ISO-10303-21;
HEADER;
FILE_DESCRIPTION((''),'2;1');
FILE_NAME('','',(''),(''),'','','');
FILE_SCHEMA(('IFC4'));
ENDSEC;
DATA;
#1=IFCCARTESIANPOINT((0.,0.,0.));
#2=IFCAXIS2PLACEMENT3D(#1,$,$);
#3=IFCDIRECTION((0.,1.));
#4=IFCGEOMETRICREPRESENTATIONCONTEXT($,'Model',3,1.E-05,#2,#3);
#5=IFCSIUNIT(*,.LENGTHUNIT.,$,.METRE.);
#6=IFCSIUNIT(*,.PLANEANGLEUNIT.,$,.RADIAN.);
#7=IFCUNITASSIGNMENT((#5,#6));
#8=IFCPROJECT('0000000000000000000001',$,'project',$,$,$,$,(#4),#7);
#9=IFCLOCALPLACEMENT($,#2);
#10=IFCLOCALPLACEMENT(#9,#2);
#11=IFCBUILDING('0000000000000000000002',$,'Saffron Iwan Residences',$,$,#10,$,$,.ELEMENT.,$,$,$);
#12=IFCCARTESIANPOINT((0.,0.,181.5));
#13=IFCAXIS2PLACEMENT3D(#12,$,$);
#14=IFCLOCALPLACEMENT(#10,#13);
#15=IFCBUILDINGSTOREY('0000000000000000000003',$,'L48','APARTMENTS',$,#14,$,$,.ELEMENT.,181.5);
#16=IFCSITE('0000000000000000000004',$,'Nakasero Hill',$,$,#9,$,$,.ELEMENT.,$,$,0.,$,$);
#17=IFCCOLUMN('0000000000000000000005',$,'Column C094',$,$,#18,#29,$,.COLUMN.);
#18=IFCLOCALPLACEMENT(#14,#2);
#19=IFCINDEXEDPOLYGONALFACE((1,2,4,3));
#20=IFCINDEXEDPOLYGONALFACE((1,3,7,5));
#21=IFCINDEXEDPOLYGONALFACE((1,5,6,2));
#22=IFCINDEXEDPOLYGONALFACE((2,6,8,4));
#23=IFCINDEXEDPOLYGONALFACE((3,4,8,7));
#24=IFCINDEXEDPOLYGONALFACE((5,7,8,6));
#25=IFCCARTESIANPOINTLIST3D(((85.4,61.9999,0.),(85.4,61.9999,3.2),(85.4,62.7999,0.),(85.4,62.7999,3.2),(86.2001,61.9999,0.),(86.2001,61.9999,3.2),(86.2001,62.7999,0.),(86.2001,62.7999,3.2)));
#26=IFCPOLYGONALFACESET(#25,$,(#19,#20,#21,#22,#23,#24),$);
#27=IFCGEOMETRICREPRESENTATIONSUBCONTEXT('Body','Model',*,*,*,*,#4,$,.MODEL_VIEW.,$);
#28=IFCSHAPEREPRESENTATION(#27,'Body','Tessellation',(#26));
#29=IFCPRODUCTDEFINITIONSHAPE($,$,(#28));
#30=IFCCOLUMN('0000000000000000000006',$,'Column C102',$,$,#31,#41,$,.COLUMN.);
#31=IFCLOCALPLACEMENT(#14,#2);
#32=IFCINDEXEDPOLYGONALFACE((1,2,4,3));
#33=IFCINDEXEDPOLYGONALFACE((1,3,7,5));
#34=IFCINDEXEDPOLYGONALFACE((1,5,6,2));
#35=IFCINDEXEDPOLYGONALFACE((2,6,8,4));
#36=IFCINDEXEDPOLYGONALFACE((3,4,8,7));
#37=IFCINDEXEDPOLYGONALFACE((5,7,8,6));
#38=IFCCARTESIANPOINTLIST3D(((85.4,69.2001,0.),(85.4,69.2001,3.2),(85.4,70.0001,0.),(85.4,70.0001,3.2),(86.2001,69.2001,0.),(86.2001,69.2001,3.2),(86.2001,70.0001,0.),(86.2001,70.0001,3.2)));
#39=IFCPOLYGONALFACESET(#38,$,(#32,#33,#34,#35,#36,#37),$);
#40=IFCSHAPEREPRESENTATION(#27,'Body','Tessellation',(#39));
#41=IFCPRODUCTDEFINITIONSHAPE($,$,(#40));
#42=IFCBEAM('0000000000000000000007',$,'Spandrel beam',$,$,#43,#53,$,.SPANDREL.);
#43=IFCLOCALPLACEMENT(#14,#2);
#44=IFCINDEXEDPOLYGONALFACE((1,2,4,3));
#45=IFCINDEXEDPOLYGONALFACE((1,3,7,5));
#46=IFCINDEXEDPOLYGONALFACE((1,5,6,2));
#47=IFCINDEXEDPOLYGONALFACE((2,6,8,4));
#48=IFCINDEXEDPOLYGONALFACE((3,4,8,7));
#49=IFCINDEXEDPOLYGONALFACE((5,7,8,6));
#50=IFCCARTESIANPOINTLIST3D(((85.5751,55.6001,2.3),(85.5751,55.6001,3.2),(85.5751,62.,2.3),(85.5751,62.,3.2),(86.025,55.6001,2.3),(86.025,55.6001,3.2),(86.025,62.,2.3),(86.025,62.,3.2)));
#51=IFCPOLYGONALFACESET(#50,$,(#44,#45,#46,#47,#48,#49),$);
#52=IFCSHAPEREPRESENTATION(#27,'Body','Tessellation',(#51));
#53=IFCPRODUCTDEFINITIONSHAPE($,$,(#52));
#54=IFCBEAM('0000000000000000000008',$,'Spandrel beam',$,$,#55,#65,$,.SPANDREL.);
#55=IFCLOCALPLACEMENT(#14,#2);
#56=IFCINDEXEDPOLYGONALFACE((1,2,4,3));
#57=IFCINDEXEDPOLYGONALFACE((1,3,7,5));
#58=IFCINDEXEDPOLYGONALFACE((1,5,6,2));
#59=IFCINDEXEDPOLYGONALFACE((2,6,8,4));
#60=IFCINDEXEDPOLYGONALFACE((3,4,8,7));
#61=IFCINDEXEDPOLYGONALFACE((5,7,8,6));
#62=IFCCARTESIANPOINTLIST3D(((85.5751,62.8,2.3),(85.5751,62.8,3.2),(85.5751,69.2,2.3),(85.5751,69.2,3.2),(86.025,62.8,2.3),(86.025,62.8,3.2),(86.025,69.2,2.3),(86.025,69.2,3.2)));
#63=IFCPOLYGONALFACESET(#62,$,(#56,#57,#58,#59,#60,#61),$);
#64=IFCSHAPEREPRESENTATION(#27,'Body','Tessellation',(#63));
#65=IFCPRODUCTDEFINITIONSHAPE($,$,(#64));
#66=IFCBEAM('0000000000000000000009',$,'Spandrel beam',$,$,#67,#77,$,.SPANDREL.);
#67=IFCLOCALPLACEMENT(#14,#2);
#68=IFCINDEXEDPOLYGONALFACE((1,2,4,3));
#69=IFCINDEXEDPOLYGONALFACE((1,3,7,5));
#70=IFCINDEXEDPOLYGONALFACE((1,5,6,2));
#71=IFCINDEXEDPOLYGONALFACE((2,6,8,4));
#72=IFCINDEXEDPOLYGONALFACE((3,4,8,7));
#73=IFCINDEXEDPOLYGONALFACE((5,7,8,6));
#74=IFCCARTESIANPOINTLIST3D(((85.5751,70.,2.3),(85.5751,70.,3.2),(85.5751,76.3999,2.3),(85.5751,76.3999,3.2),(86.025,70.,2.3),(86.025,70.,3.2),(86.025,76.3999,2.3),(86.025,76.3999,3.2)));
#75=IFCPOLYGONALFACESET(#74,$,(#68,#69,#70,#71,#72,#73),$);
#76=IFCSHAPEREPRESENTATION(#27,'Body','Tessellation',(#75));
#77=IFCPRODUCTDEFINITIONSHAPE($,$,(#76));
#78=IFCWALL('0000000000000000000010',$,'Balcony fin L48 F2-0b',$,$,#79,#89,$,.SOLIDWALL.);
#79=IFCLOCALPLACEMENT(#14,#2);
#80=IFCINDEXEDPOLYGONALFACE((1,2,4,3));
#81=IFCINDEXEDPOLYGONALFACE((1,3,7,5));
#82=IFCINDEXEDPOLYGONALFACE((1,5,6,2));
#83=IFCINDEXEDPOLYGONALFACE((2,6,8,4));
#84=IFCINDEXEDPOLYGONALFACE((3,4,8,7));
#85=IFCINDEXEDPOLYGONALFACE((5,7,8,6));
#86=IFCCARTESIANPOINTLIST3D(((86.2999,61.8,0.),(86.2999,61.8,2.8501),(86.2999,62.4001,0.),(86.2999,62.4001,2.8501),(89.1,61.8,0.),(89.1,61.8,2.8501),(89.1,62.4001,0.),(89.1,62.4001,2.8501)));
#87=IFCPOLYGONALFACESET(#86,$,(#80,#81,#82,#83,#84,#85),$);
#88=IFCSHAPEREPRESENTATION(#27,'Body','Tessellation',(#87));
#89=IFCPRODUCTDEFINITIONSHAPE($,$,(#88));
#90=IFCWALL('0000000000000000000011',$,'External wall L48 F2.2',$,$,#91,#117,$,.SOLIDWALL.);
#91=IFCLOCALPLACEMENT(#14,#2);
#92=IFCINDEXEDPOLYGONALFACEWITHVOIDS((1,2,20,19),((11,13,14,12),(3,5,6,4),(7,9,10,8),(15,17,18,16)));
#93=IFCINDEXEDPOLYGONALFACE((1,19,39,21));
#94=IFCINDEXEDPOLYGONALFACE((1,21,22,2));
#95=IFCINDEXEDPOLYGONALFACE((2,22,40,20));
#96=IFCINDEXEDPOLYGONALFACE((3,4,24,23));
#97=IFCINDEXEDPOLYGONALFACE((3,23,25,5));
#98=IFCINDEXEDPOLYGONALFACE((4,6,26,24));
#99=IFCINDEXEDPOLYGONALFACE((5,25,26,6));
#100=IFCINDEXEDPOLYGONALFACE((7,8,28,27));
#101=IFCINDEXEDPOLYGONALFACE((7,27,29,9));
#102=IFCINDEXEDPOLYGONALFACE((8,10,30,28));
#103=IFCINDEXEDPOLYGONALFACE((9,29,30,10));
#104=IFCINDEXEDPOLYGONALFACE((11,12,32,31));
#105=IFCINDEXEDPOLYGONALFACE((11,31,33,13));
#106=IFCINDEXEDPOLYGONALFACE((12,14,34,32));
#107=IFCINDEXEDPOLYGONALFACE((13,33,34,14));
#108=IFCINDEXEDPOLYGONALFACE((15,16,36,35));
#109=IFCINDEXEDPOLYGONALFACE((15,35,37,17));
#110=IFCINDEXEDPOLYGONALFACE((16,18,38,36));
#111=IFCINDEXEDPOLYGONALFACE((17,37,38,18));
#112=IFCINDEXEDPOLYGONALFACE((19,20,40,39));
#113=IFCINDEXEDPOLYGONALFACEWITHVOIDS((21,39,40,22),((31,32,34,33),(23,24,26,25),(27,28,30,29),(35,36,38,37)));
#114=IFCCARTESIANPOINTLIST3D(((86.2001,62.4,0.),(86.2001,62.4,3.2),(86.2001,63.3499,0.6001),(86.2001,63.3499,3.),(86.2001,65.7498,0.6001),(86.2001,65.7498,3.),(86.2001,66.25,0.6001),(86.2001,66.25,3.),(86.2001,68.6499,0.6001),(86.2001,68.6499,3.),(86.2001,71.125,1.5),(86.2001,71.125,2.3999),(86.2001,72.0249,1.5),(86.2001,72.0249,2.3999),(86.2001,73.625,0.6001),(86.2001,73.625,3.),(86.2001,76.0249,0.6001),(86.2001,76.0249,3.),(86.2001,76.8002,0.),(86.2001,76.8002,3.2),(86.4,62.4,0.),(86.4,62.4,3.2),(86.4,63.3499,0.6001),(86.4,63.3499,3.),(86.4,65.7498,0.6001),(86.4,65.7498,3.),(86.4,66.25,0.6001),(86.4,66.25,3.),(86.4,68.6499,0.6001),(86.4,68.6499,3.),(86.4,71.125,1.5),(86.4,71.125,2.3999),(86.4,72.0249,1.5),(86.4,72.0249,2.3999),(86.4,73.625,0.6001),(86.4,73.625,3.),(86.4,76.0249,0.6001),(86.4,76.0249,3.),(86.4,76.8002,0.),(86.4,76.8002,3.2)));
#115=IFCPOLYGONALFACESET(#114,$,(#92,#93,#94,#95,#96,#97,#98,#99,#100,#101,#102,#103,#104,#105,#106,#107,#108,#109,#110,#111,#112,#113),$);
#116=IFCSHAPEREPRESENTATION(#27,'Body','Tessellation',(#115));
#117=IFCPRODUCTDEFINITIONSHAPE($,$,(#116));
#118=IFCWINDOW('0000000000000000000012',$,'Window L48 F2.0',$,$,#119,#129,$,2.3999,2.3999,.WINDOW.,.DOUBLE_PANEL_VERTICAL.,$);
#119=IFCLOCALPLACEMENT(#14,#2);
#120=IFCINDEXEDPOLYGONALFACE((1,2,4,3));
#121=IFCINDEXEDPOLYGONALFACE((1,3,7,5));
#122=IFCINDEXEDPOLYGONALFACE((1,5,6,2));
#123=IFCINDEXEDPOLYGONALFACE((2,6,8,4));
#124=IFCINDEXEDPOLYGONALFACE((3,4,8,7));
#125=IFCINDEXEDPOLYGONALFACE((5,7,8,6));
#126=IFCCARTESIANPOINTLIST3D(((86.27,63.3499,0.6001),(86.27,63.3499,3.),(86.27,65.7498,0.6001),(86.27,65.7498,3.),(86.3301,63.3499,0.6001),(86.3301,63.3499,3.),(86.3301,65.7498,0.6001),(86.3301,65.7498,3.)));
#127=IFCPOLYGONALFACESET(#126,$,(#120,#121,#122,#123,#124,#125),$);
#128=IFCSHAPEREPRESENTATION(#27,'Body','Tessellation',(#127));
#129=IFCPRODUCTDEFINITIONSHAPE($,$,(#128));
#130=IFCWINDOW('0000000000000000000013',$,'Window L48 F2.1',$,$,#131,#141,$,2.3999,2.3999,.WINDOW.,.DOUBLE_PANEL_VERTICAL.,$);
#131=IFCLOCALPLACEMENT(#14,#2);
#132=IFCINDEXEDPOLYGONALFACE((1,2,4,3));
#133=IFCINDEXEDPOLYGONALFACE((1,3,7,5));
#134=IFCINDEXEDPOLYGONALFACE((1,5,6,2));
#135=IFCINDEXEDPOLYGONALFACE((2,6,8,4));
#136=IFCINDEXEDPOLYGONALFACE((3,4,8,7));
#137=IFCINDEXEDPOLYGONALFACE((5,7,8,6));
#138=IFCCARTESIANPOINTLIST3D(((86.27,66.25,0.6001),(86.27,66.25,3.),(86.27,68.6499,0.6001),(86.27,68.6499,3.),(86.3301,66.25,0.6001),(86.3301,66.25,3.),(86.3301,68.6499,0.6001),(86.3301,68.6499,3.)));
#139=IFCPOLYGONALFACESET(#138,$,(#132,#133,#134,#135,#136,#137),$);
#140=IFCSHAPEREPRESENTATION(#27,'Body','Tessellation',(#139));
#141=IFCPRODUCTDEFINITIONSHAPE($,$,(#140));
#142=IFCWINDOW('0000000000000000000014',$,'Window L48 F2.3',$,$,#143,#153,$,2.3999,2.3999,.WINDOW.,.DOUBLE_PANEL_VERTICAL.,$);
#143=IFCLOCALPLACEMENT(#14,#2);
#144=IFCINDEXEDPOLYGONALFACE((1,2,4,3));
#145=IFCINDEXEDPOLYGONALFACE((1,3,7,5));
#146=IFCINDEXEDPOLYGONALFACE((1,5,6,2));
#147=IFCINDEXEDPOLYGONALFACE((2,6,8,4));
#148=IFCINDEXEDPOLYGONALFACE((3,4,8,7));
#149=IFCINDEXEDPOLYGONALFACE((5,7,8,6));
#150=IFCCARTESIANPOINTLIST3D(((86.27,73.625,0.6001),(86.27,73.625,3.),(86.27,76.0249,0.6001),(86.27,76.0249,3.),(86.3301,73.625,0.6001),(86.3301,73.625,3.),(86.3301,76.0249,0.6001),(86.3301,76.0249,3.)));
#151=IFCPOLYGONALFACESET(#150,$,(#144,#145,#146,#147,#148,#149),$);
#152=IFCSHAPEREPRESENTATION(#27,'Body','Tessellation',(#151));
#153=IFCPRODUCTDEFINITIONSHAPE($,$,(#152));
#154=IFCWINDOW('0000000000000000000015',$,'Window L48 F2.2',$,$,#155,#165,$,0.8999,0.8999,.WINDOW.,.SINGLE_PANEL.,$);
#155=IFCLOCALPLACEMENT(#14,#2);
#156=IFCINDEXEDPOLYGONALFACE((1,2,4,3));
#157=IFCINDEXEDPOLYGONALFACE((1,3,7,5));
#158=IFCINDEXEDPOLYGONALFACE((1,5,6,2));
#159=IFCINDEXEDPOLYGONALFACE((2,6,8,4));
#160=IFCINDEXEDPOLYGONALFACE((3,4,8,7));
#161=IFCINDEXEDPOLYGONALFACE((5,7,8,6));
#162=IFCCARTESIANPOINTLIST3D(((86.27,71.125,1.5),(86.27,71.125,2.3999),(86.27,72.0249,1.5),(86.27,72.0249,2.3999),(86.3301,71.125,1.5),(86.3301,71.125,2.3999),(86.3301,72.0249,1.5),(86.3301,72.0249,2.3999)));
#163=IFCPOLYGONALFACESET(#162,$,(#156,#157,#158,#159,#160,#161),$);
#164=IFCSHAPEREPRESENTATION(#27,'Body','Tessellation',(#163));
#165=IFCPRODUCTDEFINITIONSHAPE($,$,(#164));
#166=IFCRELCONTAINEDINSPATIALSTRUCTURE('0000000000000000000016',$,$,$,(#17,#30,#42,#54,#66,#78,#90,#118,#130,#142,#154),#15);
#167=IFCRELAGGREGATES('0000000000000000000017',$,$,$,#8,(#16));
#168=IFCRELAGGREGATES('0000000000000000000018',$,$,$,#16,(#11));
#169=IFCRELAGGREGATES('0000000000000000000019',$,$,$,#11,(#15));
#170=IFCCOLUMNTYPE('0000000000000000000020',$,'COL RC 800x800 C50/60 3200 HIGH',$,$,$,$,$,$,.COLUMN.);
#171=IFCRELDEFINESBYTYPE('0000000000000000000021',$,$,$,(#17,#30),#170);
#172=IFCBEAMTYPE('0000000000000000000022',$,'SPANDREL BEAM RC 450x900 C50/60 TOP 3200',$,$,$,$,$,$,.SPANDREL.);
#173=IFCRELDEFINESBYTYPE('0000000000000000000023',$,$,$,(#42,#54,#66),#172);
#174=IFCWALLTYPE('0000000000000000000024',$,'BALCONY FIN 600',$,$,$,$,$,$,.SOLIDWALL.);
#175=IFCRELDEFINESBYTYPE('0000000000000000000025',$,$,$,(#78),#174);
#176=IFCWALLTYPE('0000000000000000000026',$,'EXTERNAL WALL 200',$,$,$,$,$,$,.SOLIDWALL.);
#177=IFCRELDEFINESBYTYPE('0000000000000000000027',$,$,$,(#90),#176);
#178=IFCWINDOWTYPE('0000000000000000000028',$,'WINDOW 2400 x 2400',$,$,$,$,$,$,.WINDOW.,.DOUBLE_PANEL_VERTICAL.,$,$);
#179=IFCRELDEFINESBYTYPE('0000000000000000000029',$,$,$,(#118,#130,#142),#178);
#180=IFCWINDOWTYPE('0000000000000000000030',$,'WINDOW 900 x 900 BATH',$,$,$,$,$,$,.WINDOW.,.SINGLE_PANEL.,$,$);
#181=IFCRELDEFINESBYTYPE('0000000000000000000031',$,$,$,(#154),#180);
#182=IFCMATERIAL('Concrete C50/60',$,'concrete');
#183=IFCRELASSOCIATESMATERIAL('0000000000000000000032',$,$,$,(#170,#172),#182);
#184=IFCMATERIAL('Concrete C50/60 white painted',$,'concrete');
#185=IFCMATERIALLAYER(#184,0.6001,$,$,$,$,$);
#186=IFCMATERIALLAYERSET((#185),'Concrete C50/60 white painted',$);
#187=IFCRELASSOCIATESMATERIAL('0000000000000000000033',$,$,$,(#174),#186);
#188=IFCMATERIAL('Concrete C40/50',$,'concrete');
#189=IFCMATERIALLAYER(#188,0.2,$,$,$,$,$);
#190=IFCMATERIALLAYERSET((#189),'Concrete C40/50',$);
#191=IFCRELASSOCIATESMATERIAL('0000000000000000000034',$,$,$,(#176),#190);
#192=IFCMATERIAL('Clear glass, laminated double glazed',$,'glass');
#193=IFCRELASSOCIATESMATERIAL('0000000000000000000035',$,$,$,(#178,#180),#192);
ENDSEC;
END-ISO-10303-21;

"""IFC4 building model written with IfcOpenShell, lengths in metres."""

from ifc_helpers import new_model, si_unit, direction, frame, frame_2d, origin, origin_2d, place, context, subcontext, project, spatial, rectangle, extrude, source, transform, mapped, material, layer, layer_set, material_profile, profile_set, type_object, element, fill, save


model = new_model("IFC4")

# Units and contexts
model_context = context("Model", 3, precision=1e-05, world=origin(), true_north=direction((0.0, 1.0)))
body_context = subcontext(model_context, "Body", "Model", "MODEL_VIEW")
ifc_project = project(units=[si_unit("LENGTHUNIT", "METRE"), si_unit("PLANEANGLEUNIT", "RADIAN")], contexts=[model_context])

# Site, building, storey
site_placement = place(None, origin())
site = spatial("IfcSite", under=ifc_project, at=site_placement, Name="Nakasero Hill", CompositionType="ELEMENT", RefElevation=0.0)
building_placement = place(site_placement, origin())
building = spatial("IfcBuilding", under=site, at=building_placement, Name="Saffron Iwan Residences", CompositionType="ELEMENT")
storey_placement = place(building_placement, frame((0.0, 0.0, 181.5)))
storey = spatial("IfcBuildingStorey", under=building, at=storey_placement, Name="L48", Description="APARTMENTS", CompositionType="ELEMENT", Elevation=181.5)

# Columns
ifc_material_1 = material(Name="Concrete C50/60", Category="concrete")
ifc_material_profile_1 = material_profile(ifc_material_1, rectangle(XDim=0.8, YDim=0.8, at=origin_2d()), Name="RC 800x800")
ifc_profile_set_1 = profile_set([ifc_material_profile_1], Name="Concrete C50/60")
column_type = type_object("IfcColumnType", Name="COL RC 800x800 C50/60 3200 HIGH", PredefinedType="COLUMN", material=ifc_profile_set_1)
shared_shape_1 = source(origin(), body_context, "Body", "SweptSolid", [
    extrude(rectangle(XDim=0.8, YDim=0.8, at=origin_2d()), origin(), (0.0, 0.0, 1.0), 3.2),
])
for number, where, z_axis, x_axis, name in (
    (1, (85.8, 62.3999, 0.0), (0.0, 0.0, 1.0), (1.0, 0.0, 0.0), "Column C094"),
    (2, (85.8, 69.6001, 0.0), (0.0, 0.0, 1.0), (1.0, 0.0, 0.0), "Column C102"),
):
    element("IfcColumn", number, at=place(storey_placement, frame(where, z_axis=z_axis, x_axis=x_axis)), inside=storey, type_object=column_type, Name=name, PredefinedType="COLUMN", context=body_context, shape_type="MappedRepresentation", body=[
        mapped(shared_shape_1, transform((0.0, 0.0, 0.0))),
    ])

# Beams
ifc_material_profile_2 = material_profile(ifc_material_1, rectangle(XDim=0.45, YDim=0.8999, at=origin_2d()), Name="RC 450x900")
ifc_profile_set_2 = profile_set([ifc_material_profile_2], Name="Concrete C50/60")
beam_type = type_object("IfcBeamType", Name="SPANDREL BEAM RC 450x900 C50/60 TOP 3200", PredefinedType="SPANDREL", material=ifc_profile_set_2)
shared_shape_2 = source(origin(), body_context, "Body", "SweptSolid", [
    extrude(rectangle(XDim=0.45, YDim=0.8999, at=origin_2d()), origin(), (0.0, 0.0, 1.0), 6.3999),
])
for number, where, z_axis, x_axis, name in (
    (3, (85.8, 62.0, 2.75), (0.0, -1.0, 0.0), (1.0, 0.0, 0.0), "Spandrel beam"),
    (4, (85.8, 69.2, 2.75), (0.0, -1.0, 0.0), (1.0, 0.0, 0.0), "Spandrel beam"),
    (5, (85.8, 76.3999, 2.75), (0.0, -1.0, 0.0), (1.0, 0.0, 0.0), "Spandrel beam"),
):
    element("IfcBeam", number, at=place(storey_placement, frame(where, z_axis=z_axis, x_axis=x_axis)), inside=storey, type_object=beam_type, Name=name, PredefinedType="SPANDREL", context=body_context, shape_type="MappedRepresentation", body=[
        mapped(shared_shape_2, transform((0.0, 0.0, 0.0))),
    ])

# Wall
ifc_material_2 = material(Name="Concrete C50/60 white painted", Category="concrete")
ifc_layer_1 = layer(ifc_material_2, 0.6001)
ifc_layer_set_1 = layer_set([ifc_layer_1], Name="Concrete C50/60 white painted")
wall_type_1 = type_object("IfcWallType", Name="BALCONY FIN 600", PredefinedType="SOLIDWALL", material=ifc_layer_set_1)
wall_1_placement = place(storey_placement, frame((86.3, 62.1001, 0.0), z_axis=(0.0, 0.0, 1.0), x_axis=(1.0, 0.0, 0.0)))
element("IfcWall", 6, at=wall_1_placement, inside=storey, type_object=wall_type_1, Name="Balcony fin L48 F2-0b", PredefinedType="SOLIDWALL", context=body_context, shape_type="SweptSolid", body=[
    extrude(rectangle(XDim=2.8, YDim=0.6001, at=frame_2d((1.3999, 0.0))), origin(), (0.0, 0.0, 1.0), 2.8501),
])

# Wall, openings, windows
ifc_material_3 = material(Name="Concrete C40/50", Category="concrete")
ifc_layer_2 = layer(ifc_material_3, 0.2)
ifc_layer_set_2 = layer_set([ifc_layer_2], Name="Concrete C40/50")
wall_type_2 = type_object("IfcWallType", Name="EXTERNAL WALL 200", PredefinedType="SOLIDWALL", material=ifc_layer_set_2)
wall_2_placement = place(storey_placement, frame((86.3, 62.3999, 0.0), z_axis=(0.0, 0.0, 1.0), x_axis=(0.0, 1.0, 0.0)))
wall_2 = element("IfcWall", 7, at=wall_2_placement, inside=storey, type_object=wall_type_2, Name="External wall L48 F2.2", PredefinedType="SOLIDWALL", context=body_context, shape_type="SweptSolid", body=[
    extrude(rectangle(XDim=14.4001, YDim=0.2, at=frame_2d((7.2002, 0.0))), origin(), (0.0, 0.0, 1.0), 3.2),
])
opening_1_placement = place(wall_2_placement, frame((0.95, 0.0, 0.6001)))
opening_1 = element("IfcOpeningElement", 8, at=opening_1_placement, cuts=wall_2, PredefinedType="OPENING", context=body_context, shape_type="SweptSolid", body=[
    extrude(rectangle(XDim=2.3999, YDim=2.3999, at=frame_2d((1.2, 1.2))), frame((0.0, 0.1099, 0.0), z_axis=(0.0, -1.0, 0.0), x_axis=(1.0, 0.0, 0.0)), (0.0, 0.0, 1.0), 0.22),
])
opening_2_placement = place(wall_2_placement, frame((3.8501, 0.0, 0.6001)))
opening_2 = element("IfcOpeningElement", 9, at=opening_2_placement, cuts=wall_2, PredefinedType="OPENING", context=body_context, shape_type="SweptSolid", body=[
    extrude(rectangle(XDim=2.3999, YDim=2.3999, at=frame_2d((1.2, 1.2))), frame((0.0, 0.1099, 0.0), z_axis=(0.0, -1.0, 0.0), x_axis=(1.0, 0.0, 0.0)), (0.0, 0.0, 1.0), 0.22),
])
opening_3_placement = place(wall_2_placement, frame((8.7251, 0.0, 1.5)))
opening_3 = element("IfcOpeningElement", 10, at=opening_3_placement, cuts=wall_2, PredefinedType="OPENING", context=body_context, shape_type="SweptSolid", body=[
    extrude(rectangle(XDim=0.8999, YDim=0.8999, at=frame_2d((0.45, 0.45))), frame((0.0, 0.1099, 0.0), z_axis=(0.0, -1.0, 0.0), x_axis=(1.0, 0.0, 0.0)), (0.0, 0.0, 1.0), 0.22),
])
opening_4_placement = place(wall_2_placement, frame((11.2251, 0.0, 0.6001)))
opening_4 = element("IfcOpeningElement", 11, at=opening_4_placement, cuts=wall_2, PredefinedType="OPENING", context=body_context, shape_type="SweptSolid", body=[
    extrude(rectangle(XDim=2.3999, YDim=2.3999, at=frame_2d((1.2, 1.2))), frame((0.0, 0.1099, 0.0), z_axis=(0.0, -1.0, 0.0), x_axis=(1.0, 0.0, 0.0)), (0.0, 0.0, 1.0), 0.22),
])
ifc_material_4 = material(Name="Clear glass, laminated double glazed", Category="glass")
window_type_1 = type_object("IfcWindowType", Name="WINDOW 2400 x 2400", PartitioningType="DOUBLE_PANEL_VERTICAL", PredefinedType="WINDOW", material=ifc_material_4)
window_1_placement = place(opening_1_placement, origin())
window_1 = element("IfcWindow", 12, at=window_1_placement, inside=storey, type_object=window_type_1, Name="Window L48 F2.0", OverallHeight=2.3999, OverallWidth=2.3999, PartitioningType="DOUBLE_PANEL_VERTICAL", PredefinedType="WINDOW", context=body_context, shape_type="SweptSolid", body=[
    extrude(rectangle(XDim=2.3999, YDim=2.3999, at=frame_2d((1.2, 1.2))), frame((0.0, 0.03, 0.0), z_axis=(0.0, -1.0, 0.0), x_axis=(1.0, 0.0, 0.0)), (0.0, 0.0, 1.0), 0.0601),
])
fill(opening_1, window_1)
window_2_placement = place(opening_2_placement, origin())
window_2 = element("IfcWindow", 13, at=window_2_placement, inside=storey, type_object=window_type_1, Name="Window L48 F2.1", OverallHeight=2.3999, OverallWidth=2.3999, PartitioningType="DOUBLE_PANEL_VERTICAL", PredefinedType="WINDOW", context=body_context, shape_type="SweptSolid", body=[
    extrude(rectangle(XDim=2.3999, YDim=2.3999, at=frame_2d((1.2, 1.2))), frame((0.0, 0.03, 0.0), z_axis=(0.0, -1.0, 0.0), x_axis=(1.0, 0.0, 0.0)), (0.0, 0.0, 1.0), 0.0601),
])
fill(opening_2, window_2)
window_3_placement = place(opening_4_placement, origin())
window_3 = element("IfcWindow", 14, at=window_3_placement, inside=storey, type_object=window_type_1, Name="Window L48 F2.3", OverallHeight=2.3999, OverallWidth=2.3999, PartitioningType="DOUBLE_PANEL_VERTICAL", PredefinedType="WINDOW", context=body_context, shape_type="SweptSolid", body=[
    extrude(rectangle(XDim=2.3999, YDim=2.3999, at=frame_2d((1.2, 1.2))), frame((0.0, 0.03, 0.0), z_axis=(0.0, -1.0, 0.0), x_axis=(1.0, 0.0, 0.0)), (0.0, 0.0, 1.0), 0.0601),
])
fill(opening_4, window_3)
window_type_2 = type_object("IfcWindowType", Name="WINDOW 900 x 900 BATH", PartitioningType="SINGLE_PANEL", PredefinedType="WINDOW", material=ifc_material_4)
window_4_placement = place(opening_3_placement, origin())
window_4 = element("IfcWindow", 15, at=window_4_placement, inside=storey, type_object=window_type_2, Name="Window L48 F2.2", OverallHeight=0.8999, OverallWidth=0.8999, PartitioningType="SINGLE_PANEL", PredefinedType="WINDOW", context=body_context, shape_type="SweptSolid", body=[
    extrude(rectangle(XDim=0.8999, YDim=0.8999, at=frame_2d((0.45, 0.45))), frame((0.0, 0.03, 0.0), z_axis=(0.0, -1.0, 0.0), x_axis=(1.0, 0.0, 0.0)), (0.0, 0.0, 1.0), 0.0601),
])
fill(opening_3, window_4)

save(model, "model.ifc")
